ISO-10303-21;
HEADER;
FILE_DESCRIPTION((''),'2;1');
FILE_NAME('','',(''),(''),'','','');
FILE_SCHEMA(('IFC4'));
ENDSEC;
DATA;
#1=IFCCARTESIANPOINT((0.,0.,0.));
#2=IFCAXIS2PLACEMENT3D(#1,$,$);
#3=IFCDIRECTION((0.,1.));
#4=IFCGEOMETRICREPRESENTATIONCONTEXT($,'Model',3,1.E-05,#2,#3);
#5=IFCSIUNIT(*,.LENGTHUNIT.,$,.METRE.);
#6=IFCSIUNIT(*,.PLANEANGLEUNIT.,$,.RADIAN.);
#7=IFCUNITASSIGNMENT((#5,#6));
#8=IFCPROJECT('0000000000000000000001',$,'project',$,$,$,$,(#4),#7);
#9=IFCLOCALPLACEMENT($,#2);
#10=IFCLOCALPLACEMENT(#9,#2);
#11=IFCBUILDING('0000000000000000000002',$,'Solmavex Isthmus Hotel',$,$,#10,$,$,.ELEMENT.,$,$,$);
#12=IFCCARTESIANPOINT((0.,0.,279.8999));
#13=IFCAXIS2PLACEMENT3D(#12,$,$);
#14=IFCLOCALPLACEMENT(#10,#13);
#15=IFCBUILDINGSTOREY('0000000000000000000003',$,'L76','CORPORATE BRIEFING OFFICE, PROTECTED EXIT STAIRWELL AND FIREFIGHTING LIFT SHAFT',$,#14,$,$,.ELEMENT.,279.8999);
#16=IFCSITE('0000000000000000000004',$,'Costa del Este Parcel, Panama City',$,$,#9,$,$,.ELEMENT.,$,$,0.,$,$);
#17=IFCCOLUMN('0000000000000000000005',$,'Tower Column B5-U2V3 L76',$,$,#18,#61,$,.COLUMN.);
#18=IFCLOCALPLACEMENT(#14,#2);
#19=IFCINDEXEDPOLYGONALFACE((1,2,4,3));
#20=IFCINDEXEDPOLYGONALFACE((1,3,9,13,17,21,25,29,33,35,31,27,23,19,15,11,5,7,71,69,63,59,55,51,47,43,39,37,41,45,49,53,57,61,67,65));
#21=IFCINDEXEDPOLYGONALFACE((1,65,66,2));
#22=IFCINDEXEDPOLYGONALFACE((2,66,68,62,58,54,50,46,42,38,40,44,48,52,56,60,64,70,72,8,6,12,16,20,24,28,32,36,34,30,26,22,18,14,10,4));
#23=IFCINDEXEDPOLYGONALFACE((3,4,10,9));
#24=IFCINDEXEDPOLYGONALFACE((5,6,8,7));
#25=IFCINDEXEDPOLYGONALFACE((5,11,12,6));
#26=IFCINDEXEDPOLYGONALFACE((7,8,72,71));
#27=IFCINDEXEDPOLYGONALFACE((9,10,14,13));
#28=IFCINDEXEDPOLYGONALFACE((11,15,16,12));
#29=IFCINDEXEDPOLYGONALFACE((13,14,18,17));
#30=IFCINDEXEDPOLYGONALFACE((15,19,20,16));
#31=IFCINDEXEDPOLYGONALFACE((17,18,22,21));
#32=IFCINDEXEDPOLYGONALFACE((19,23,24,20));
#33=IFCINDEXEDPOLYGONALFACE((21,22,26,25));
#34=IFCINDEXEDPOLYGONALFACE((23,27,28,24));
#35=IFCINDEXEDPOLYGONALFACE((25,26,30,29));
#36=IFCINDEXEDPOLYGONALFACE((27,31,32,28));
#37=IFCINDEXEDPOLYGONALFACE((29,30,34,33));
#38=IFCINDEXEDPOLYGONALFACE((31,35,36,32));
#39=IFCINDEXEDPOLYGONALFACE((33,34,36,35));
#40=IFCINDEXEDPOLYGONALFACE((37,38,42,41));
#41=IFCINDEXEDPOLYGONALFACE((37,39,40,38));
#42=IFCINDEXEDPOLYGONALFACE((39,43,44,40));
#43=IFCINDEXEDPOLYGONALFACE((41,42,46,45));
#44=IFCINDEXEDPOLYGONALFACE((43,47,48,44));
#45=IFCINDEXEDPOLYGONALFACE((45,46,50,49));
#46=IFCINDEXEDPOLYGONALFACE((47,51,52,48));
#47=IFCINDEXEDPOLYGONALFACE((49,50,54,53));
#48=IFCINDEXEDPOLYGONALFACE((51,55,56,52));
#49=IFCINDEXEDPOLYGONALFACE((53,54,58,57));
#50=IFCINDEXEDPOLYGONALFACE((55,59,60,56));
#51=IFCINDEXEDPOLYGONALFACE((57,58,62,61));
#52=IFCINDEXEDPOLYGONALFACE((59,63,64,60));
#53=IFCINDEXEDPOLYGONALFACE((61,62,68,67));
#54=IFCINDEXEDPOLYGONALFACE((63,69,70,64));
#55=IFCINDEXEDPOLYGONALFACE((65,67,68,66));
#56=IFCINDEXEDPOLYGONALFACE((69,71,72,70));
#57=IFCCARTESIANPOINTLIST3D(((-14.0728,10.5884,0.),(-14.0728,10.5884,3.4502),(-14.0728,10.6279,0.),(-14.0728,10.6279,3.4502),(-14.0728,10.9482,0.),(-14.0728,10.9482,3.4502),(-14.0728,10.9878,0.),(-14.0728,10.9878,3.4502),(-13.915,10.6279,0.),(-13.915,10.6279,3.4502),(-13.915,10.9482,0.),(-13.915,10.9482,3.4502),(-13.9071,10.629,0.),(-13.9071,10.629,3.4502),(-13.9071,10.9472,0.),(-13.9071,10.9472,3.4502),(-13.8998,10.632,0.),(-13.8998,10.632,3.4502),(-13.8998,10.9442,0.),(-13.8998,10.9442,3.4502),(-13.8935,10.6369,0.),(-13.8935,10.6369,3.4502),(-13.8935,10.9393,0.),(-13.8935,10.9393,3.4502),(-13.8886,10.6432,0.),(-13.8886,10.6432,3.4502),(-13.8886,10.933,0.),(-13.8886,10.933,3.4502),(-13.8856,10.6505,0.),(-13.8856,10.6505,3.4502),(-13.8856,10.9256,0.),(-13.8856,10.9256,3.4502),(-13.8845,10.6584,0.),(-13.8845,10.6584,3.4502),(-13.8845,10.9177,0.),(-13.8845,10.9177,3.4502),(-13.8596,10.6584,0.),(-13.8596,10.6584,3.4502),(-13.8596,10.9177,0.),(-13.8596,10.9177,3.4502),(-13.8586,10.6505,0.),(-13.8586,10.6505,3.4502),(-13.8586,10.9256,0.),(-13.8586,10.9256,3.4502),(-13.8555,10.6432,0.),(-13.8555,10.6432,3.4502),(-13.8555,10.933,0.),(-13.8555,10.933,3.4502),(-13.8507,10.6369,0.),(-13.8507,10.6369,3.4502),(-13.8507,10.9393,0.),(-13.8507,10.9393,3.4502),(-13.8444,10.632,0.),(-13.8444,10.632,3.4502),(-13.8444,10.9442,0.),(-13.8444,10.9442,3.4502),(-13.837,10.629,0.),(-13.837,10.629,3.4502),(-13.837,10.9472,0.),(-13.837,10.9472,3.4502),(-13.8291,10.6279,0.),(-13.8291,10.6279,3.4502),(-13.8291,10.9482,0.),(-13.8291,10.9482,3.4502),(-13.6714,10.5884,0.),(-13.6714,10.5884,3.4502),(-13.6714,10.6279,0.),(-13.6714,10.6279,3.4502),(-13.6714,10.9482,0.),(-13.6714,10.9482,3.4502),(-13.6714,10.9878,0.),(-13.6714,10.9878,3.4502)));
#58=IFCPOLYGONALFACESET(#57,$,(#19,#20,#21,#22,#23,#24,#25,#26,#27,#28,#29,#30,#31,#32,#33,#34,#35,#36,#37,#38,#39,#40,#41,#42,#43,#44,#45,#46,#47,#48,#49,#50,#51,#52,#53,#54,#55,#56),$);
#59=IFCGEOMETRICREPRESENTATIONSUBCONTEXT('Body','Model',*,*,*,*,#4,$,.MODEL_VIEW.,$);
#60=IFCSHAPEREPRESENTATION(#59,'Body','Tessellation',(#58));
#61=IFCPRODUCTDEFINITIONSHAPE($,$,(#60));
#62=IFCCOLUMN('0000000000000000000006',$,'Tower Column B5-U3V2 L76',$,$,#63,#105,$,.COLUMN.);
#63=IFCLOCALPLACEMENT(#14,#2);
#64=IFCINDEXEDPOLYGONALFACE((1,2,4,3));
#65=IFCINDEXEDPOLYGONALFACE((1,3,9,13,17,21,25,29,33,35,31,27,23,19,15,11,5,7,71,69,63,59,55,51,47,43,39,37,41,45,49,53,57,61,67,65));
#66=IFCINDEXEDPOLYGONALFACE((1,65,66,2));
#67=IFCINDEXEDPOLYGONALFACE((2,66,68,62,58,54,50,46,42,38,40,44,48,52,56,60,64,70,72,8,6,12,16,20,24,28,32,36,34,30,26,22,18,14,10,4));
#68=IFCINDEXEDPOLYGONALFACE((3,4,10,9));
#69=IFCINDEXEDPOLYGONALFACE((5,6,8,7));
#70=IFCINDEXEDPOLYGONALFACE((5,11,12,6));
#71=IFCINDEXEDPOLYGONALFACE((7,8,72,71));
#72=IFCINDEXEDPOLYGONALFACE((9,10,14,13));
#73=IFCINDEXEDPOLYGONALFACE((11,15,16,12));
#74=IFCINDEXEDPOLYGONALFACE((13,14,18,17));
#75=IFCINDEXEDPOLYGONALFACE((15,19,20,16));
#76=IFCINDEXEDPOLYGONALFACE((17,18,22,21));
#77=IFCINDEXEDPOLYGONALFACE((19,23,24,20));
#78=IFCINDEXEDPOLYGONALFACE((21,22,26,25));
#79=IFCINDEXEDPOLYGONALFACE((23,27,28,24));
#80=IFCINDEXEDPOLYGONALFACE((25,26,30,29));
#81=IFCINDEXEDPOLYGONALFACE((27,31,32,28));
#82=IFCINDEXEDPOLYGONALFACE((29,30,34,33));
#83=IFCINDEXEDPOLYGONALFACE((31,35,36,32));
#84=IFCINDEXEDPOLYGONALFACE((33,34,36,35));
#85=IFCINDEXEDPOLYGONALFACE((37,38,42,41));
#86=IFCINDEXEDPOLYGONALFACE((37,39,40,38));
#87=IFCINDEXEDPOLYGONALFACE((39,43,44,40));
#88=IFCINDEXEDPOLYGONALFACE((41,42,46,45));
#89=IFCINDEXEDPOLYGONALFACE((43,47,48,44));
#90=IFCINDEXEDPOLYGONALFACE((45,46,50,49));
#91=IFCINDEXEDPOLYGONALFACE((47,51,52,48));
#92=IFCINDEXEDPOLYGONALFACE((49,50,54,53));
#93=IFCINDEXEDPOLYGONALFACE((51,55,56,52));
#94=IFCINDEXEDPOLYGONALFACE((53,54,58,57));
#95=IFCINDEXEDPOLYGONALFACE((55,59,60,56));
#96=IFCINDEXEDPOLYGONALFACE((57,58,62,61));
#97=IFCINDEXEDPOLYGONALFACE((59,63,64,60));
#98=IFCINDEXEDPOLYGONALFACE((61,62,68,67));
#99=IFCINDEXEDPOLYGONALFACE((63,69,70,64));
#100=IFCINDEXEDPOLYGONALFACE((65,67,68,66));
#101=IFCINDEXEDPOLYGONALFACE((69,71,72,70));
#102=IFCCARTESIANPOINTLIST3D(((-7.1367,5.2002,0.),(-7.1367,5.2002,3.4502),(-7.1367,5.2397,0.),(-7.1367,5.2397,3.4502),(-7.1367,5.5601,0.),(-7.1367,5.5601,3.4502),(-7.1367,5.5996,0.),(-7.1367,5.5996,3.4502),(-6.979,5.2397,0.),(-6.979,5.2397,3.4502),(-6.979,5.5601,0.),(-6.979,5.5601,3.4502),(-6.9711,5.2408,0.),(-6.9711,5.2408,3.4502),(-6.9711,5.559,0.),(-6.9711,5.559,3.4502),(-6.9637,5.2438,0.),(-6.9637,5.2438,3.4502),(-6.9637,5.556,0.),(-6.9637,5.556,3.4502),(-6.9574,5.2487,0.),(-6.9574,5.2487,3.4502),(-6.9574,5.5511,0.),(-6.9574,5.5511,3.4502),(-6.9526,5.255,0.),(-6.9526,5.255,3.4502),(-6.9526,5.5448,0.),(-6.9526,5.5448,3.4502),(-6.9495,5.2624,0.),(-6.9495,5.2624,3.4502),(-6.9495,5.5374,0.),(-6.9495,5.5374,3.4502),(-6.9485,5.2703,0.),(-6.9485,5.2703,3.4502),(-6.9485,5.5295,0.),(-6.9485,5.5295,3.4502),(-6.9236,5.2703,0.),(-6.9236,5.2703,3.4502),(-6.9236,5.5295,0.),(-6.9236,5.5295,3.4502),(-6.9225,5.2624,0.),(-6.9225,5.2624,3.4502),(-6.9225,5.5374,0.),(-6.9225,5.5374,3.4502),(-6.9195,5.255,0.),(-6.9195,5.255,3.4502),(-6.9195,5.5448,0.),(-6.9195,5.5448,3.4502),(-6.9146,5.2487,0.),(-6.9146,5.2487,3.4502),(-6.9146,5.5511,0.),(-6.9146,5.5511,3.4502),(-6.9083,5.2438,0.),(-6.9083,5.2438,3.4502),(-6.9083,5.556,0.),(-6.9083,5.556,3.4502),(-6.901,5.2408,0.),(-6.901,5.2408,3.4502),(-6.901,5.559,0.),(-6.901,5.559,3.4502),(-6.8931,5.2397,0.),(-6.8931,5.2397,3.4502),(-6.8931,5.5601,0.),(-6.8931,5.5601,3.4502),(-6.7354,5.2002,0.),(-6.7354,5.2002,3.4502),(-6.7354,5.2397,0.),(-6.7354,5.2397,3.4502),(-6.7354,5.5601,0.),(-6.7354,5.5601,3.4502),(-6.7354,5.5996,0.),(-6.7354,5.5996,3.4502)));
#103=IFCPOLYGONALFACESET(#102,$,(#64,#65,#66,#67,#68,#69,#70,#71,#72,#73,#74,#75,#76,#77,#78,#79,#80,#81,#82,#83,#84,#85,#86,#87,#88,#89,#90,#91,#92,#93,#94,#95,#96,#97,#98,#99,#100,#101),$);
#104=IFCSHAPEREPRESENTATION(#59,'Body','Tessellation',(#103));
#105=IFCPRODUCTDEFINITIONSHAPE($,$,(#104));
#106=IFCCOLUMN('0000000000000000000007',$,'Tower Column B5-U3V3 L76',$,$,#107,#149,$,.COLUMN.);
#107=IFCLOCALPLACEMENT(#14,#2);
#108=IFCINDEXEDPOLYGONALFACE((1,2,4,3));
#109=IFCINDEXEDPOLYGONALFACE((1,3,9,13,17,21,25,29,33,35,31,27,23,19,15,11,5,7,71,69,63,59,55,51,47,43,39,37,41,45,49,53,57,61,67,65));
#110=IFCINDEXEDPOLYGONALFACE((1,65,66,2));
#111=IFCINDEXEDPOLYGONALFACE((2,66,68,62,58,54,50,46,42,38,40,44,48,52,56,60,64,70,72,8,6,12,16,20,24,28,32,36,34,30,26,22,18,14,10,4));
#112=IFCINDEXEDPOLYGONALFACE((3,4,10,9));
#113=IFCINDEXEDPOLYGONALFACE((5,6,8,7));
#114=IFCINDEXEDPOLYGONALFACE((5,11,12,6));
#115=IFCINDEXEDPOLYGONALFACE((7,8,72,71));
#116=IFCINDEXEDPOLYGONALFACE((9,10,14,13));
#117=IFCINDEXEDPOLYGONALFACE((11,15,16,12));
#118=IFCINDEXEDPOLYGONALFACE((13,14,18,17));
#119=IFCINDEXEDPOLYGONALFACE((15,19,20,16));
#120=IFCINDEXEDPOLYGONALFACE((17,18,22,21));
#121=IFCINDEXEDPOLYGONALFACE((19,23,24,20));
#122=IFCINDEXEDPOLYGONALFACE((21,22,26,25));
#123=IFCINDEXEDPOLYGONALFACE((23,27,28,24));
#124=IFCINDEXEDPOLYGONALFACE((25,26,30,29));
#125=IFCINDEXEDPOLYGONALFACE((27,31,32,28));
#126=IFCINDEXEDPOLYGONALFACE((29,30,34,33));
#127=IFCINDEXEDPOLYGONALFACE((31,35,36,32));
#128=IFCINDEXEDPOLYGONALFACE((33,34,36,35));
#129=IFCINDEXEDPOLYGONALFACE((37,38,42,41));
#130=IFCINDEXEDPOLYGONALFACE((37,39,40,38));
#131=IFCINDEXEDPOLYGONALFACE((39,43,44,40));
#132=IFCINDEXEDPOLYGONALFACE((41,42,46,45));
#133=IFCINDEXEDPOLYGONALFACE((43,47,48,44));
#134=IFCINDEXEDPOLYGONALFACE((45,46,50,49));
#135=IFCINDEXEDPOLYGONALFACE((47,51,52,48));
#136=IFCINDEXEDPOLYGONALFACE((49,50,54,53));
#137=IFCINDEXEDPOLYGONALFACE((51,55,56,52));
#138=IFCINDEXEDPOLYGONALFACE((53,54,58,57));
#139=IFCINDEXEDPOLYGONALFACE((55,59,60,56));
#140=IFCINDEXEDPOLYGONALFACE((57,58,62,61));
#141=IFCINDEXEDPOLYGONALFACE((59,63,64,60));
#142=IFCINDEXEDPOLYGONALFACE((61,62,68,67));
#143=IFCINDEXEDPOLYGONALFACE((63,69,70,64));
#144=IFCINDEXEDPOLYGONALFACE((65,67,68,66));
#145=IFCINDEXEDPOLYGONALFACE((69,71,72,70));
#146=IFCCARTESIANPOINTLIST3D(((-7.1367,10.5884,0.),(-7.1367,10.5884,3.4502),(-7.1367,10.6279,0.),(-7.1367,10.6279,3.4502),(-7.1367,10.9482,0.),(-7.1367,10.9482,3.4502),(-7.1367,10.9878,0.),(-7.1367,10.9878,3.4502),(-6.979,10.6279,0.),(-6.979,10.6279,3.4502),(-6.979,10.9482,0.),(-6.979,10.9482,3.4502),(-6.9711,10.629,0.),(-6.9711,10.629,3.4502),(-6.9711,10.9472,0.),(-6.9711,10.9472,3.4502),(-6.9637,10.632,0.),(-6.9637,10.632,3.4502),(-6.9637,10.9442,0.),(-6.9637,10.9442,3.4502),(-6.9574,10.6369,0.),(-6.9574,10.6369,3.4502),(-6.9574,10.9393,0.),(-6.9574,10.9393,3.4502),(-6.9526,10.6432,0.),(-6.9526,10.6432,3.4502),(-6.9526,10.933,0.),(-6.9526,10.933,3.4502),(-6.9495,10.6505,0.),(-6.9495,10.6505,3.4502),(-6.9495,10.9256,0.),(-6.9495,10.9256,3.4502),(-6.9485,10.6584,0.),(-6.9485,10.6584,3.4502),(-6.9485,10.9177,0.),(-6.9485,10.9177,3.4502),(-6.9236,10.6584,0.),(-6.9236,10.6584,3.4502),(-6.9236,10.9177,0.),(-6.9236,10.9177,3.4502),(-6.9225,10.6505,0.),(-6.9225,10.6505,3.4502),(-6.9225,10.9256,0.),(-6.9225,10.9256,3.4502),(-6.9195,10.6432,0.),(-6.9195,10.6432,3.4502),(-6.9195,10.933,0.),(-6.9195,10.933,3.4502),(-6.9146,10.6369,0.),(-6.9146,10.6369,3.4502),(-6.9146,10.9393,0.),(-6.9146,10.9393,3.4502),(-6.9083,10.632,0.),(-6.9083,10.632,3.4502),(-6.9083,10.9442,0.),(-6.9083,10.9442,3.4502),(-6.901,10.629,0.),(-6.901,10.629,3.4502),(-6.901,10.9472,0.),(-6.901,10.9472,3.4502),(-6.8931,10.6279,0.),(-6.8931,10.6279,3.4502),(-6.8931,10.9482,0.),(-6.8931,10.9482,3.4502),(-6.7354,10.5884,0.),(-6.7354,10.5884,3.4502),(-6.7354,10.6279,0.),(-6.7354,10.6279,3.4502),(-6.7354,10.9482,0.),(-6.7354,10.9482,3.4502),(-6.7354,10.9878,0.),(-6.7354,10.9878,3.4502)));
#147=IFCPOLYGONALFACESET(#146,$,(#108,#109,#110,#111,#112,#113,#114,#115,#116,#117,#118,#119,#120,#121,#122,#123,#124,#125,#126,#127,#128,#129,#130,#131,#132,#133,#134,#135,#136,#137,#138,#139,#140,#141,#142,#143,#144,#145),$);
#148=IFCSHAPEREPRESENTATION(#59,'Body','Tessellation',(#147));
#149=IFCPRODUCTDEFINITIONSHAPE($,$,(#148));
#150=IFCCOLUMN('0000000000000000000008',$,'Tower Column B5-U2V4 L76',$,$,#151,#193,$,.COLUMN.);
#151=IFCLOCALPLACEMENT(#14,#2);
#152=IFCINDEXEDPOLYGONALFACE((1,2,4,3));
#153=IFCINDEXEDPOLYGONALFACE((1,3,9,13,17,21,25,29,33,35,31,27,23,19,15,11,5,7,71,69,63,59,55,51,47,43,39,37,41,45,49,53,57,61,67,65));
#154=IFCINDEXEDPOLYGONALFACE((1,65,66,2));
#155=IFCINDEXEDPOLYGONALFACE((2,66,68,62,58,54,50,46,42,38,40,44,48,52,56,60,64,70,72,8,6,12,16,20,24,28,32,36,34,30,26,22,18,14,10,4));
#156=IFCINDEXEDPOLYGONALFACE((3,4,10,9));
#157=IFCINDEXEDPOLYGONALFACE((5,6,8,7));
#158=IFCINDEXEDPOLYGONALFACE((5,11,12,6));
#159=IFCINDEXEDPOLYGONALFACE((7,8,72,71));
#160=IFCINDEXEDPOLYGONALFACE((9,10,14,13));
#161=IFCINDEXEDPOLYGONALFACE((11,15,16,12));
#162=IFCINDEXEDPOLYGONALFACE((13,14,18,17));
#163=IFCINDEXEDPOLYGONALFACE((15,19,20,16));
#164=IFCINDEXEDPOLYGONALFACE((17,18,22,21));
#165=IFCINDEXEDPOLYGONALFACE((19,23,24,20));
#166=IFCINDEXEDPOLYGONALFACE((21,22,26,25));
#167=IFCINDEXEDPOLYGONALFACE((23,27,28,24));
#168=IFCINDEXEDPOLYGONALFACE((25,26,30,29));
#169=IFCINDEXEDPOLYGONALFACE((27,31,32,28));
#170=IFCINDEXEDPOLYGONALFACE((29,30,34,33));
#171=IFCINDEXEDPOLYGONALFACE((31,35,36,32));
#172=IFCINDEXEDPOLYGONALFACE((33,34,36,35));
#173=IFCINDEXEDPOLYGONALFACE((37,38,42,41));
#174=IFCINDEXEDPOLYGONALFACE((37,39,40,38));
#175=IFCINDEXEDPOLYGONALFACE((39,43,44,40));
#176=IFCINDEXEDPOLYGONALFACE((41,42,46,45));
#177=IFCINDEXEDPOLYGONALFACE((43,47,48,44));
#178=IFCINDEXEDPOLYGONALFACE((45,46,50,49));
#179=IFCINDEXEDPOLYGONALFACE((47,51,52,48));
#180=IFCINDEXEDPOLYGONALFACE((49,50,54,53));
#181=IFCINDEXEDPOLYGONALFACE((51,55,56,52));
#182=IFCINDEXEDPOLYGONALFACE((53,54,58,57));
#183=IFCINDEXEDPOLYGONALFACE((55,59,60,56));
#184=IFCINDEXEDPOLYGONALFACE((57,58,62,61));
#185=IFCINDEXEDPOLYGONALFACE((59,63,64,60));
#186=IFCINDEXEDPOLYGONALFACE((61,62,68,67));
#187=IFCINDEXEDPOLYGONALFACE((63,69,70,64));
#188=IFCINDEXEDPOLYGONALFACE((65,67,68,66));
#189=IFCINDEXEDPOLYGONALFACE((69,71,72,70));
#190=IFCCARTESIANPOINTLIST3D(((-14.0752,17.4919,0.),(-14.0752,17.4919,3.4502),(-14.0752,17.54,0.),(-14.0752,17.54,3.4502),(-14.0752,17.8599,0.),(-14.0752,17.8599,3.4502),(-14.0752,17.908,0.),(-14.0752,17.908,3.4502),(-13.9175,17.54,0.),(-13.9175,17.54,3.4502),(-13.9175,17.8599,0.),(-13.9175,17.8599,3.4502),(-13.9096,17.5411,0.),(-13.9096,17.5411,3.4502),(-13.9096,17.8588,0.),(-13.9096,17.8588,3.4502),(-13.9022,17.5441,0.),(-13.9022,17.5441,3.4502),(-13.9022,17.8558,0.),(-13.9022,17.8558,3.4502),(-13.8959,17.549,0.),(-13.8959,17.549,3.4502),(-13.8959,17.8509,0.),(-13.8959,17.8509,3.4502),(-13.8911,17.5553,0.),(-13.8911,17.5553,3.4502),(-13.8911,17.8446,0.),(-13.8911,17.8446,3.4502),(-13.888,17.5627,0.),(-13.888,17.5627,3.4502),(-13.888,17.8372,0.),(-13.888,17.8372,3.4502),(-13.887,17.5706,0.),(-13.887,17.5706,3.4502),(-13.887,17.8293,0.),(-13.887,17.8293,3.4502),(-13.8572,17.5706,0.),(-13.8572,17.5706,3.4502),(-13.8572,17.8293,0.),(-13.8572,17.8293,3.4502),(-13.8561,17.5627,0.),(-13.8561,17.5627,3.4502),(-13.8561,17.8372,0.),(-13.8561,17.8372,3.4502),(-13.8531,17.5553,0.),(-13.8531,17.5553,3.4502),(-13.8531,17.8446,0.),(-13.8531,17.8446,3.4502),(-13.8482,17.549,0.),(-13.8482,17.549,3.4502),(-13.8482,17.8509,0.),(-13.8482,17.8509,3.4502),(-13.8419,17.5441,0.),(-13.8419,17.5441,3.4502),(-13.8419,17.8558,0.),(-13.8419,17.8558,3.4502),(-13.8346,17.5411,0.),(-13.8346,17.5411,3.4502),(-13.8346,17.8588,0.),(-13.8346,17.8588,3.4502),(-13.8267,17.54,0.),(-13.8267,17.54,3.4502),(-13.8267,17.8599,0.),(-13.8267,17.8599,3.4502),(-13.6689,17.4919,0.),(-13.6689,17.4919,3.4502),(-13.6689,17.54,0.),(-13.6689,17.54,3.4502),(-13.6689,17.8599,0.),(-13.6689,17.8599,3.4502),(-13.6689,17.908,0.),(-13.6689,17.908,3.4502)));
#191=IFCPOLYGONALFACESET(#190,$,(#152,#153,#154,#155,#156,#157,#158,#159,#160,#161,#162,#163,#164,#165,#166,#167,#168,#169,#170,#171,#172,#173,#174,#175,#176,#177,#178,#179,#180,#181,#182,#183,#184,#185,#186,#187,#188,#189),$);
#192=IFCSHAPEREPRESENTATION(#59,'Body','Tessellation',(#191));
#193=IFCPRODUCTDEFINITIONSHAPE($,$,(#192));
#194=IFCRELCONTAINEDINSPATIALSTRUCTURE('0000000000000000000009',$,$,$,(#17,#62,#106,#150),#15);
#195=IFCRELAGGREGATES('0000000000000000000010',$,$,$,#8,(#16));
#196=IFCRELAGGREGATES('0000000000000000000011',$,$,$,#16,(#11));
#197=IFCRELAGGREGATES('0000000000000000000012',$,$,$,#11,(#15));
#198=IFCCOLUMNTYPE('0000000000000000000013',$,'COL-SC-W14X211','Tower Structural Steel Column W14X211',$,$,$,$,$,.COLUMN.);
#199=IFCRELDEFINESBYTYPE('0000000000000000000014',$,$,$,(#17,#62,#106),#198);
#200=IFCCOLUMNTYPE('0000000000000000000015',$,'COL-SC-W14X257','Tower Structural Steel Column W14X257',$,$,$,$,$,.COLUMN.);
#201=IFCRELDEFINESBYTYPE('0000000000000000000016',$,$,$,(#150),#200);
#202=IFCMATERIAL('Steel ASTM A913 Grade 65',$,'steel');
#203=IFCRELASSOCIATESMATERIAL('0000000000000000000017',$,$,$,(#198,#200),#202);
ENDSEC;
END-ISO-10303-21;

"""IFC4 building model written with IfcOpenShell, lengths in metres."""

from ifc_helpers import new_model, si_unit, direction, frame, origin, origin_2d, place, context, subcontext, project, spatial, i_section, extrude, material, material_profile, profile_set, type_object, element, save


model = new_model("IFC4")

# Units and contexts
model_context = context("Model", 3, precision=1e-05, world=origin(), true_north=direction((0.0, 1.0)))
body_context = subcontext(model_context, "Body", "Model", "MODEL_VIEW")
ifc_project = project(units=[si_unit("LENGTHUNIT", "METRE"), si_unit("PLANEANGLEUNIT", "RADIAN")], contexts=[model_context])

# Site, building, storey
site_placement = place(None, origin())
site = spatial("IfcSite", under=ifc_project, at=site_placement, Name="Costa del Este Parcel, Panama City", CompositionType="ELEMENT", RefElevation=0.0)
building_placement = place(site_placement, origin())
building = spatial("IfcBuilding", under=site, at=building_placement, Name="Solmavex Isthmus Hotel", CompositionType="ELEMENT")
storey_placement = place(building_placement, frame((0.0, 0.0, 279.8999)))
storey = spatial("IfcBuildingStorey", under=building, at=storey_placement, Name="L76", Description="CORPORATE BRIEFING OFFICE, PROTECTED EXIT STAIRWELL AND FIREFIGHTING LIFT SHAFT", CompositionType="ELEMENT", Elevation=279.8999)

# Columns
ifc_material_1 = material(Name="Steel ASTM A913 Grade 65", Category="steel")
ifc_material_profile_1 = material_profile(ifc_material_1, i_section(OverallWidth=0.4014, OverallDepth=0.3994, WebThickness=0.0249, FlangeThickness=0.0396, FilletRadius=0.0305, at=origin_2d()), Name="W14X211")
ifc_profile_set_1 = profile_set([ifc_material_profile_1], Name="Steel ASTM A913 Grade 65")
column_type_1 = type_object("IfcColumnType", Name="COL-SC-W14X211", Description="Tower Structural Steel Column W14X211", PredefinedType="COLUMN", material=ifc_profile_set_1)
for number, where, z_axis, x_axis, name in (
    (1, (-13.8721, 10.7881, 0.0), (0.0, 0.0, 1.0), (1.0, 0.0, 0.0), "Tower Column B5-U2V3 L76"),
    (2, (-6.936, 5.3999, 0.0), (0.0, 0.0, 1.0), (1.0, 0.0, 0.0), "Tower Column B5-U3V2 L76"),
    (3, (-6.936, 10.7881, 0.0), (0.0, 0.0, 1.0), (1.0, 0.0, 0.0), "Tower Column B5-U3V3 L76"),
):
    element("IfcColumn", number, at=place(storey_placement, frame(where, z_axis=z_axis, x_axis=x_axis)), inside=storey, type_object=column_type_1, Name=name, PredefinedType="COLUMN", context=body_context, shape_type="SweptSolid", body=[
        extrude(i_section(OverallWidth=0.4014, OverallDepth=0.3994, WebThickness=0.0249, FlangeThickness=0.0396, FilletRadius=0.0305, at=origin_2d()), origin(), (0.0, 0.0, 1.0), 3.4502),
    ])
ifc_material_profile_2 = material_profile(ifc_material_1, i_section(OverallWidth=0.4062, OverallDepth=0.416, WebThickness=0.0298, FlangeThickness=0.0481, FilletRadius=0.0305, at=origin_2d()), Name="W14X257")
ifc_profile_set_2 = profile_set([ifc_material_profile_2], Name="Steel ASTM A913 Grade 65")
column_type_2 = type_object("IfcColumnType", Name="COL-SC-W14X257", Description="Tower Structural Steel Column W14X257", PredefinedType="COLUMN", material=ifc_profile_set_2)
column_placement = place(storey_placement, frame((-13.8721, 17.7, 0.0), z_axis=(0.0, 0.0, 1.0), x_axis=(1.0, 0.0, 0.0)))
element("IfcColumn", 4, at=column_placement, inside=storey, type_object=column_type_2, Name="Tower Column B5-U2V4 L76", PredefinedType="COLUMN", context=body_context, shape_type="SweptSolid", body=[
    extrude(i_section(OverallWidth=0.4062, OverallDepth=0.416, WebThickness=0.0298, FlangeThickness=0.0481, FilletRadius=0.0305, at=origin_2d()), origin(), (0.0, 0.0, 1.0), 3.4502),
])

save(model, "model.ifc")
